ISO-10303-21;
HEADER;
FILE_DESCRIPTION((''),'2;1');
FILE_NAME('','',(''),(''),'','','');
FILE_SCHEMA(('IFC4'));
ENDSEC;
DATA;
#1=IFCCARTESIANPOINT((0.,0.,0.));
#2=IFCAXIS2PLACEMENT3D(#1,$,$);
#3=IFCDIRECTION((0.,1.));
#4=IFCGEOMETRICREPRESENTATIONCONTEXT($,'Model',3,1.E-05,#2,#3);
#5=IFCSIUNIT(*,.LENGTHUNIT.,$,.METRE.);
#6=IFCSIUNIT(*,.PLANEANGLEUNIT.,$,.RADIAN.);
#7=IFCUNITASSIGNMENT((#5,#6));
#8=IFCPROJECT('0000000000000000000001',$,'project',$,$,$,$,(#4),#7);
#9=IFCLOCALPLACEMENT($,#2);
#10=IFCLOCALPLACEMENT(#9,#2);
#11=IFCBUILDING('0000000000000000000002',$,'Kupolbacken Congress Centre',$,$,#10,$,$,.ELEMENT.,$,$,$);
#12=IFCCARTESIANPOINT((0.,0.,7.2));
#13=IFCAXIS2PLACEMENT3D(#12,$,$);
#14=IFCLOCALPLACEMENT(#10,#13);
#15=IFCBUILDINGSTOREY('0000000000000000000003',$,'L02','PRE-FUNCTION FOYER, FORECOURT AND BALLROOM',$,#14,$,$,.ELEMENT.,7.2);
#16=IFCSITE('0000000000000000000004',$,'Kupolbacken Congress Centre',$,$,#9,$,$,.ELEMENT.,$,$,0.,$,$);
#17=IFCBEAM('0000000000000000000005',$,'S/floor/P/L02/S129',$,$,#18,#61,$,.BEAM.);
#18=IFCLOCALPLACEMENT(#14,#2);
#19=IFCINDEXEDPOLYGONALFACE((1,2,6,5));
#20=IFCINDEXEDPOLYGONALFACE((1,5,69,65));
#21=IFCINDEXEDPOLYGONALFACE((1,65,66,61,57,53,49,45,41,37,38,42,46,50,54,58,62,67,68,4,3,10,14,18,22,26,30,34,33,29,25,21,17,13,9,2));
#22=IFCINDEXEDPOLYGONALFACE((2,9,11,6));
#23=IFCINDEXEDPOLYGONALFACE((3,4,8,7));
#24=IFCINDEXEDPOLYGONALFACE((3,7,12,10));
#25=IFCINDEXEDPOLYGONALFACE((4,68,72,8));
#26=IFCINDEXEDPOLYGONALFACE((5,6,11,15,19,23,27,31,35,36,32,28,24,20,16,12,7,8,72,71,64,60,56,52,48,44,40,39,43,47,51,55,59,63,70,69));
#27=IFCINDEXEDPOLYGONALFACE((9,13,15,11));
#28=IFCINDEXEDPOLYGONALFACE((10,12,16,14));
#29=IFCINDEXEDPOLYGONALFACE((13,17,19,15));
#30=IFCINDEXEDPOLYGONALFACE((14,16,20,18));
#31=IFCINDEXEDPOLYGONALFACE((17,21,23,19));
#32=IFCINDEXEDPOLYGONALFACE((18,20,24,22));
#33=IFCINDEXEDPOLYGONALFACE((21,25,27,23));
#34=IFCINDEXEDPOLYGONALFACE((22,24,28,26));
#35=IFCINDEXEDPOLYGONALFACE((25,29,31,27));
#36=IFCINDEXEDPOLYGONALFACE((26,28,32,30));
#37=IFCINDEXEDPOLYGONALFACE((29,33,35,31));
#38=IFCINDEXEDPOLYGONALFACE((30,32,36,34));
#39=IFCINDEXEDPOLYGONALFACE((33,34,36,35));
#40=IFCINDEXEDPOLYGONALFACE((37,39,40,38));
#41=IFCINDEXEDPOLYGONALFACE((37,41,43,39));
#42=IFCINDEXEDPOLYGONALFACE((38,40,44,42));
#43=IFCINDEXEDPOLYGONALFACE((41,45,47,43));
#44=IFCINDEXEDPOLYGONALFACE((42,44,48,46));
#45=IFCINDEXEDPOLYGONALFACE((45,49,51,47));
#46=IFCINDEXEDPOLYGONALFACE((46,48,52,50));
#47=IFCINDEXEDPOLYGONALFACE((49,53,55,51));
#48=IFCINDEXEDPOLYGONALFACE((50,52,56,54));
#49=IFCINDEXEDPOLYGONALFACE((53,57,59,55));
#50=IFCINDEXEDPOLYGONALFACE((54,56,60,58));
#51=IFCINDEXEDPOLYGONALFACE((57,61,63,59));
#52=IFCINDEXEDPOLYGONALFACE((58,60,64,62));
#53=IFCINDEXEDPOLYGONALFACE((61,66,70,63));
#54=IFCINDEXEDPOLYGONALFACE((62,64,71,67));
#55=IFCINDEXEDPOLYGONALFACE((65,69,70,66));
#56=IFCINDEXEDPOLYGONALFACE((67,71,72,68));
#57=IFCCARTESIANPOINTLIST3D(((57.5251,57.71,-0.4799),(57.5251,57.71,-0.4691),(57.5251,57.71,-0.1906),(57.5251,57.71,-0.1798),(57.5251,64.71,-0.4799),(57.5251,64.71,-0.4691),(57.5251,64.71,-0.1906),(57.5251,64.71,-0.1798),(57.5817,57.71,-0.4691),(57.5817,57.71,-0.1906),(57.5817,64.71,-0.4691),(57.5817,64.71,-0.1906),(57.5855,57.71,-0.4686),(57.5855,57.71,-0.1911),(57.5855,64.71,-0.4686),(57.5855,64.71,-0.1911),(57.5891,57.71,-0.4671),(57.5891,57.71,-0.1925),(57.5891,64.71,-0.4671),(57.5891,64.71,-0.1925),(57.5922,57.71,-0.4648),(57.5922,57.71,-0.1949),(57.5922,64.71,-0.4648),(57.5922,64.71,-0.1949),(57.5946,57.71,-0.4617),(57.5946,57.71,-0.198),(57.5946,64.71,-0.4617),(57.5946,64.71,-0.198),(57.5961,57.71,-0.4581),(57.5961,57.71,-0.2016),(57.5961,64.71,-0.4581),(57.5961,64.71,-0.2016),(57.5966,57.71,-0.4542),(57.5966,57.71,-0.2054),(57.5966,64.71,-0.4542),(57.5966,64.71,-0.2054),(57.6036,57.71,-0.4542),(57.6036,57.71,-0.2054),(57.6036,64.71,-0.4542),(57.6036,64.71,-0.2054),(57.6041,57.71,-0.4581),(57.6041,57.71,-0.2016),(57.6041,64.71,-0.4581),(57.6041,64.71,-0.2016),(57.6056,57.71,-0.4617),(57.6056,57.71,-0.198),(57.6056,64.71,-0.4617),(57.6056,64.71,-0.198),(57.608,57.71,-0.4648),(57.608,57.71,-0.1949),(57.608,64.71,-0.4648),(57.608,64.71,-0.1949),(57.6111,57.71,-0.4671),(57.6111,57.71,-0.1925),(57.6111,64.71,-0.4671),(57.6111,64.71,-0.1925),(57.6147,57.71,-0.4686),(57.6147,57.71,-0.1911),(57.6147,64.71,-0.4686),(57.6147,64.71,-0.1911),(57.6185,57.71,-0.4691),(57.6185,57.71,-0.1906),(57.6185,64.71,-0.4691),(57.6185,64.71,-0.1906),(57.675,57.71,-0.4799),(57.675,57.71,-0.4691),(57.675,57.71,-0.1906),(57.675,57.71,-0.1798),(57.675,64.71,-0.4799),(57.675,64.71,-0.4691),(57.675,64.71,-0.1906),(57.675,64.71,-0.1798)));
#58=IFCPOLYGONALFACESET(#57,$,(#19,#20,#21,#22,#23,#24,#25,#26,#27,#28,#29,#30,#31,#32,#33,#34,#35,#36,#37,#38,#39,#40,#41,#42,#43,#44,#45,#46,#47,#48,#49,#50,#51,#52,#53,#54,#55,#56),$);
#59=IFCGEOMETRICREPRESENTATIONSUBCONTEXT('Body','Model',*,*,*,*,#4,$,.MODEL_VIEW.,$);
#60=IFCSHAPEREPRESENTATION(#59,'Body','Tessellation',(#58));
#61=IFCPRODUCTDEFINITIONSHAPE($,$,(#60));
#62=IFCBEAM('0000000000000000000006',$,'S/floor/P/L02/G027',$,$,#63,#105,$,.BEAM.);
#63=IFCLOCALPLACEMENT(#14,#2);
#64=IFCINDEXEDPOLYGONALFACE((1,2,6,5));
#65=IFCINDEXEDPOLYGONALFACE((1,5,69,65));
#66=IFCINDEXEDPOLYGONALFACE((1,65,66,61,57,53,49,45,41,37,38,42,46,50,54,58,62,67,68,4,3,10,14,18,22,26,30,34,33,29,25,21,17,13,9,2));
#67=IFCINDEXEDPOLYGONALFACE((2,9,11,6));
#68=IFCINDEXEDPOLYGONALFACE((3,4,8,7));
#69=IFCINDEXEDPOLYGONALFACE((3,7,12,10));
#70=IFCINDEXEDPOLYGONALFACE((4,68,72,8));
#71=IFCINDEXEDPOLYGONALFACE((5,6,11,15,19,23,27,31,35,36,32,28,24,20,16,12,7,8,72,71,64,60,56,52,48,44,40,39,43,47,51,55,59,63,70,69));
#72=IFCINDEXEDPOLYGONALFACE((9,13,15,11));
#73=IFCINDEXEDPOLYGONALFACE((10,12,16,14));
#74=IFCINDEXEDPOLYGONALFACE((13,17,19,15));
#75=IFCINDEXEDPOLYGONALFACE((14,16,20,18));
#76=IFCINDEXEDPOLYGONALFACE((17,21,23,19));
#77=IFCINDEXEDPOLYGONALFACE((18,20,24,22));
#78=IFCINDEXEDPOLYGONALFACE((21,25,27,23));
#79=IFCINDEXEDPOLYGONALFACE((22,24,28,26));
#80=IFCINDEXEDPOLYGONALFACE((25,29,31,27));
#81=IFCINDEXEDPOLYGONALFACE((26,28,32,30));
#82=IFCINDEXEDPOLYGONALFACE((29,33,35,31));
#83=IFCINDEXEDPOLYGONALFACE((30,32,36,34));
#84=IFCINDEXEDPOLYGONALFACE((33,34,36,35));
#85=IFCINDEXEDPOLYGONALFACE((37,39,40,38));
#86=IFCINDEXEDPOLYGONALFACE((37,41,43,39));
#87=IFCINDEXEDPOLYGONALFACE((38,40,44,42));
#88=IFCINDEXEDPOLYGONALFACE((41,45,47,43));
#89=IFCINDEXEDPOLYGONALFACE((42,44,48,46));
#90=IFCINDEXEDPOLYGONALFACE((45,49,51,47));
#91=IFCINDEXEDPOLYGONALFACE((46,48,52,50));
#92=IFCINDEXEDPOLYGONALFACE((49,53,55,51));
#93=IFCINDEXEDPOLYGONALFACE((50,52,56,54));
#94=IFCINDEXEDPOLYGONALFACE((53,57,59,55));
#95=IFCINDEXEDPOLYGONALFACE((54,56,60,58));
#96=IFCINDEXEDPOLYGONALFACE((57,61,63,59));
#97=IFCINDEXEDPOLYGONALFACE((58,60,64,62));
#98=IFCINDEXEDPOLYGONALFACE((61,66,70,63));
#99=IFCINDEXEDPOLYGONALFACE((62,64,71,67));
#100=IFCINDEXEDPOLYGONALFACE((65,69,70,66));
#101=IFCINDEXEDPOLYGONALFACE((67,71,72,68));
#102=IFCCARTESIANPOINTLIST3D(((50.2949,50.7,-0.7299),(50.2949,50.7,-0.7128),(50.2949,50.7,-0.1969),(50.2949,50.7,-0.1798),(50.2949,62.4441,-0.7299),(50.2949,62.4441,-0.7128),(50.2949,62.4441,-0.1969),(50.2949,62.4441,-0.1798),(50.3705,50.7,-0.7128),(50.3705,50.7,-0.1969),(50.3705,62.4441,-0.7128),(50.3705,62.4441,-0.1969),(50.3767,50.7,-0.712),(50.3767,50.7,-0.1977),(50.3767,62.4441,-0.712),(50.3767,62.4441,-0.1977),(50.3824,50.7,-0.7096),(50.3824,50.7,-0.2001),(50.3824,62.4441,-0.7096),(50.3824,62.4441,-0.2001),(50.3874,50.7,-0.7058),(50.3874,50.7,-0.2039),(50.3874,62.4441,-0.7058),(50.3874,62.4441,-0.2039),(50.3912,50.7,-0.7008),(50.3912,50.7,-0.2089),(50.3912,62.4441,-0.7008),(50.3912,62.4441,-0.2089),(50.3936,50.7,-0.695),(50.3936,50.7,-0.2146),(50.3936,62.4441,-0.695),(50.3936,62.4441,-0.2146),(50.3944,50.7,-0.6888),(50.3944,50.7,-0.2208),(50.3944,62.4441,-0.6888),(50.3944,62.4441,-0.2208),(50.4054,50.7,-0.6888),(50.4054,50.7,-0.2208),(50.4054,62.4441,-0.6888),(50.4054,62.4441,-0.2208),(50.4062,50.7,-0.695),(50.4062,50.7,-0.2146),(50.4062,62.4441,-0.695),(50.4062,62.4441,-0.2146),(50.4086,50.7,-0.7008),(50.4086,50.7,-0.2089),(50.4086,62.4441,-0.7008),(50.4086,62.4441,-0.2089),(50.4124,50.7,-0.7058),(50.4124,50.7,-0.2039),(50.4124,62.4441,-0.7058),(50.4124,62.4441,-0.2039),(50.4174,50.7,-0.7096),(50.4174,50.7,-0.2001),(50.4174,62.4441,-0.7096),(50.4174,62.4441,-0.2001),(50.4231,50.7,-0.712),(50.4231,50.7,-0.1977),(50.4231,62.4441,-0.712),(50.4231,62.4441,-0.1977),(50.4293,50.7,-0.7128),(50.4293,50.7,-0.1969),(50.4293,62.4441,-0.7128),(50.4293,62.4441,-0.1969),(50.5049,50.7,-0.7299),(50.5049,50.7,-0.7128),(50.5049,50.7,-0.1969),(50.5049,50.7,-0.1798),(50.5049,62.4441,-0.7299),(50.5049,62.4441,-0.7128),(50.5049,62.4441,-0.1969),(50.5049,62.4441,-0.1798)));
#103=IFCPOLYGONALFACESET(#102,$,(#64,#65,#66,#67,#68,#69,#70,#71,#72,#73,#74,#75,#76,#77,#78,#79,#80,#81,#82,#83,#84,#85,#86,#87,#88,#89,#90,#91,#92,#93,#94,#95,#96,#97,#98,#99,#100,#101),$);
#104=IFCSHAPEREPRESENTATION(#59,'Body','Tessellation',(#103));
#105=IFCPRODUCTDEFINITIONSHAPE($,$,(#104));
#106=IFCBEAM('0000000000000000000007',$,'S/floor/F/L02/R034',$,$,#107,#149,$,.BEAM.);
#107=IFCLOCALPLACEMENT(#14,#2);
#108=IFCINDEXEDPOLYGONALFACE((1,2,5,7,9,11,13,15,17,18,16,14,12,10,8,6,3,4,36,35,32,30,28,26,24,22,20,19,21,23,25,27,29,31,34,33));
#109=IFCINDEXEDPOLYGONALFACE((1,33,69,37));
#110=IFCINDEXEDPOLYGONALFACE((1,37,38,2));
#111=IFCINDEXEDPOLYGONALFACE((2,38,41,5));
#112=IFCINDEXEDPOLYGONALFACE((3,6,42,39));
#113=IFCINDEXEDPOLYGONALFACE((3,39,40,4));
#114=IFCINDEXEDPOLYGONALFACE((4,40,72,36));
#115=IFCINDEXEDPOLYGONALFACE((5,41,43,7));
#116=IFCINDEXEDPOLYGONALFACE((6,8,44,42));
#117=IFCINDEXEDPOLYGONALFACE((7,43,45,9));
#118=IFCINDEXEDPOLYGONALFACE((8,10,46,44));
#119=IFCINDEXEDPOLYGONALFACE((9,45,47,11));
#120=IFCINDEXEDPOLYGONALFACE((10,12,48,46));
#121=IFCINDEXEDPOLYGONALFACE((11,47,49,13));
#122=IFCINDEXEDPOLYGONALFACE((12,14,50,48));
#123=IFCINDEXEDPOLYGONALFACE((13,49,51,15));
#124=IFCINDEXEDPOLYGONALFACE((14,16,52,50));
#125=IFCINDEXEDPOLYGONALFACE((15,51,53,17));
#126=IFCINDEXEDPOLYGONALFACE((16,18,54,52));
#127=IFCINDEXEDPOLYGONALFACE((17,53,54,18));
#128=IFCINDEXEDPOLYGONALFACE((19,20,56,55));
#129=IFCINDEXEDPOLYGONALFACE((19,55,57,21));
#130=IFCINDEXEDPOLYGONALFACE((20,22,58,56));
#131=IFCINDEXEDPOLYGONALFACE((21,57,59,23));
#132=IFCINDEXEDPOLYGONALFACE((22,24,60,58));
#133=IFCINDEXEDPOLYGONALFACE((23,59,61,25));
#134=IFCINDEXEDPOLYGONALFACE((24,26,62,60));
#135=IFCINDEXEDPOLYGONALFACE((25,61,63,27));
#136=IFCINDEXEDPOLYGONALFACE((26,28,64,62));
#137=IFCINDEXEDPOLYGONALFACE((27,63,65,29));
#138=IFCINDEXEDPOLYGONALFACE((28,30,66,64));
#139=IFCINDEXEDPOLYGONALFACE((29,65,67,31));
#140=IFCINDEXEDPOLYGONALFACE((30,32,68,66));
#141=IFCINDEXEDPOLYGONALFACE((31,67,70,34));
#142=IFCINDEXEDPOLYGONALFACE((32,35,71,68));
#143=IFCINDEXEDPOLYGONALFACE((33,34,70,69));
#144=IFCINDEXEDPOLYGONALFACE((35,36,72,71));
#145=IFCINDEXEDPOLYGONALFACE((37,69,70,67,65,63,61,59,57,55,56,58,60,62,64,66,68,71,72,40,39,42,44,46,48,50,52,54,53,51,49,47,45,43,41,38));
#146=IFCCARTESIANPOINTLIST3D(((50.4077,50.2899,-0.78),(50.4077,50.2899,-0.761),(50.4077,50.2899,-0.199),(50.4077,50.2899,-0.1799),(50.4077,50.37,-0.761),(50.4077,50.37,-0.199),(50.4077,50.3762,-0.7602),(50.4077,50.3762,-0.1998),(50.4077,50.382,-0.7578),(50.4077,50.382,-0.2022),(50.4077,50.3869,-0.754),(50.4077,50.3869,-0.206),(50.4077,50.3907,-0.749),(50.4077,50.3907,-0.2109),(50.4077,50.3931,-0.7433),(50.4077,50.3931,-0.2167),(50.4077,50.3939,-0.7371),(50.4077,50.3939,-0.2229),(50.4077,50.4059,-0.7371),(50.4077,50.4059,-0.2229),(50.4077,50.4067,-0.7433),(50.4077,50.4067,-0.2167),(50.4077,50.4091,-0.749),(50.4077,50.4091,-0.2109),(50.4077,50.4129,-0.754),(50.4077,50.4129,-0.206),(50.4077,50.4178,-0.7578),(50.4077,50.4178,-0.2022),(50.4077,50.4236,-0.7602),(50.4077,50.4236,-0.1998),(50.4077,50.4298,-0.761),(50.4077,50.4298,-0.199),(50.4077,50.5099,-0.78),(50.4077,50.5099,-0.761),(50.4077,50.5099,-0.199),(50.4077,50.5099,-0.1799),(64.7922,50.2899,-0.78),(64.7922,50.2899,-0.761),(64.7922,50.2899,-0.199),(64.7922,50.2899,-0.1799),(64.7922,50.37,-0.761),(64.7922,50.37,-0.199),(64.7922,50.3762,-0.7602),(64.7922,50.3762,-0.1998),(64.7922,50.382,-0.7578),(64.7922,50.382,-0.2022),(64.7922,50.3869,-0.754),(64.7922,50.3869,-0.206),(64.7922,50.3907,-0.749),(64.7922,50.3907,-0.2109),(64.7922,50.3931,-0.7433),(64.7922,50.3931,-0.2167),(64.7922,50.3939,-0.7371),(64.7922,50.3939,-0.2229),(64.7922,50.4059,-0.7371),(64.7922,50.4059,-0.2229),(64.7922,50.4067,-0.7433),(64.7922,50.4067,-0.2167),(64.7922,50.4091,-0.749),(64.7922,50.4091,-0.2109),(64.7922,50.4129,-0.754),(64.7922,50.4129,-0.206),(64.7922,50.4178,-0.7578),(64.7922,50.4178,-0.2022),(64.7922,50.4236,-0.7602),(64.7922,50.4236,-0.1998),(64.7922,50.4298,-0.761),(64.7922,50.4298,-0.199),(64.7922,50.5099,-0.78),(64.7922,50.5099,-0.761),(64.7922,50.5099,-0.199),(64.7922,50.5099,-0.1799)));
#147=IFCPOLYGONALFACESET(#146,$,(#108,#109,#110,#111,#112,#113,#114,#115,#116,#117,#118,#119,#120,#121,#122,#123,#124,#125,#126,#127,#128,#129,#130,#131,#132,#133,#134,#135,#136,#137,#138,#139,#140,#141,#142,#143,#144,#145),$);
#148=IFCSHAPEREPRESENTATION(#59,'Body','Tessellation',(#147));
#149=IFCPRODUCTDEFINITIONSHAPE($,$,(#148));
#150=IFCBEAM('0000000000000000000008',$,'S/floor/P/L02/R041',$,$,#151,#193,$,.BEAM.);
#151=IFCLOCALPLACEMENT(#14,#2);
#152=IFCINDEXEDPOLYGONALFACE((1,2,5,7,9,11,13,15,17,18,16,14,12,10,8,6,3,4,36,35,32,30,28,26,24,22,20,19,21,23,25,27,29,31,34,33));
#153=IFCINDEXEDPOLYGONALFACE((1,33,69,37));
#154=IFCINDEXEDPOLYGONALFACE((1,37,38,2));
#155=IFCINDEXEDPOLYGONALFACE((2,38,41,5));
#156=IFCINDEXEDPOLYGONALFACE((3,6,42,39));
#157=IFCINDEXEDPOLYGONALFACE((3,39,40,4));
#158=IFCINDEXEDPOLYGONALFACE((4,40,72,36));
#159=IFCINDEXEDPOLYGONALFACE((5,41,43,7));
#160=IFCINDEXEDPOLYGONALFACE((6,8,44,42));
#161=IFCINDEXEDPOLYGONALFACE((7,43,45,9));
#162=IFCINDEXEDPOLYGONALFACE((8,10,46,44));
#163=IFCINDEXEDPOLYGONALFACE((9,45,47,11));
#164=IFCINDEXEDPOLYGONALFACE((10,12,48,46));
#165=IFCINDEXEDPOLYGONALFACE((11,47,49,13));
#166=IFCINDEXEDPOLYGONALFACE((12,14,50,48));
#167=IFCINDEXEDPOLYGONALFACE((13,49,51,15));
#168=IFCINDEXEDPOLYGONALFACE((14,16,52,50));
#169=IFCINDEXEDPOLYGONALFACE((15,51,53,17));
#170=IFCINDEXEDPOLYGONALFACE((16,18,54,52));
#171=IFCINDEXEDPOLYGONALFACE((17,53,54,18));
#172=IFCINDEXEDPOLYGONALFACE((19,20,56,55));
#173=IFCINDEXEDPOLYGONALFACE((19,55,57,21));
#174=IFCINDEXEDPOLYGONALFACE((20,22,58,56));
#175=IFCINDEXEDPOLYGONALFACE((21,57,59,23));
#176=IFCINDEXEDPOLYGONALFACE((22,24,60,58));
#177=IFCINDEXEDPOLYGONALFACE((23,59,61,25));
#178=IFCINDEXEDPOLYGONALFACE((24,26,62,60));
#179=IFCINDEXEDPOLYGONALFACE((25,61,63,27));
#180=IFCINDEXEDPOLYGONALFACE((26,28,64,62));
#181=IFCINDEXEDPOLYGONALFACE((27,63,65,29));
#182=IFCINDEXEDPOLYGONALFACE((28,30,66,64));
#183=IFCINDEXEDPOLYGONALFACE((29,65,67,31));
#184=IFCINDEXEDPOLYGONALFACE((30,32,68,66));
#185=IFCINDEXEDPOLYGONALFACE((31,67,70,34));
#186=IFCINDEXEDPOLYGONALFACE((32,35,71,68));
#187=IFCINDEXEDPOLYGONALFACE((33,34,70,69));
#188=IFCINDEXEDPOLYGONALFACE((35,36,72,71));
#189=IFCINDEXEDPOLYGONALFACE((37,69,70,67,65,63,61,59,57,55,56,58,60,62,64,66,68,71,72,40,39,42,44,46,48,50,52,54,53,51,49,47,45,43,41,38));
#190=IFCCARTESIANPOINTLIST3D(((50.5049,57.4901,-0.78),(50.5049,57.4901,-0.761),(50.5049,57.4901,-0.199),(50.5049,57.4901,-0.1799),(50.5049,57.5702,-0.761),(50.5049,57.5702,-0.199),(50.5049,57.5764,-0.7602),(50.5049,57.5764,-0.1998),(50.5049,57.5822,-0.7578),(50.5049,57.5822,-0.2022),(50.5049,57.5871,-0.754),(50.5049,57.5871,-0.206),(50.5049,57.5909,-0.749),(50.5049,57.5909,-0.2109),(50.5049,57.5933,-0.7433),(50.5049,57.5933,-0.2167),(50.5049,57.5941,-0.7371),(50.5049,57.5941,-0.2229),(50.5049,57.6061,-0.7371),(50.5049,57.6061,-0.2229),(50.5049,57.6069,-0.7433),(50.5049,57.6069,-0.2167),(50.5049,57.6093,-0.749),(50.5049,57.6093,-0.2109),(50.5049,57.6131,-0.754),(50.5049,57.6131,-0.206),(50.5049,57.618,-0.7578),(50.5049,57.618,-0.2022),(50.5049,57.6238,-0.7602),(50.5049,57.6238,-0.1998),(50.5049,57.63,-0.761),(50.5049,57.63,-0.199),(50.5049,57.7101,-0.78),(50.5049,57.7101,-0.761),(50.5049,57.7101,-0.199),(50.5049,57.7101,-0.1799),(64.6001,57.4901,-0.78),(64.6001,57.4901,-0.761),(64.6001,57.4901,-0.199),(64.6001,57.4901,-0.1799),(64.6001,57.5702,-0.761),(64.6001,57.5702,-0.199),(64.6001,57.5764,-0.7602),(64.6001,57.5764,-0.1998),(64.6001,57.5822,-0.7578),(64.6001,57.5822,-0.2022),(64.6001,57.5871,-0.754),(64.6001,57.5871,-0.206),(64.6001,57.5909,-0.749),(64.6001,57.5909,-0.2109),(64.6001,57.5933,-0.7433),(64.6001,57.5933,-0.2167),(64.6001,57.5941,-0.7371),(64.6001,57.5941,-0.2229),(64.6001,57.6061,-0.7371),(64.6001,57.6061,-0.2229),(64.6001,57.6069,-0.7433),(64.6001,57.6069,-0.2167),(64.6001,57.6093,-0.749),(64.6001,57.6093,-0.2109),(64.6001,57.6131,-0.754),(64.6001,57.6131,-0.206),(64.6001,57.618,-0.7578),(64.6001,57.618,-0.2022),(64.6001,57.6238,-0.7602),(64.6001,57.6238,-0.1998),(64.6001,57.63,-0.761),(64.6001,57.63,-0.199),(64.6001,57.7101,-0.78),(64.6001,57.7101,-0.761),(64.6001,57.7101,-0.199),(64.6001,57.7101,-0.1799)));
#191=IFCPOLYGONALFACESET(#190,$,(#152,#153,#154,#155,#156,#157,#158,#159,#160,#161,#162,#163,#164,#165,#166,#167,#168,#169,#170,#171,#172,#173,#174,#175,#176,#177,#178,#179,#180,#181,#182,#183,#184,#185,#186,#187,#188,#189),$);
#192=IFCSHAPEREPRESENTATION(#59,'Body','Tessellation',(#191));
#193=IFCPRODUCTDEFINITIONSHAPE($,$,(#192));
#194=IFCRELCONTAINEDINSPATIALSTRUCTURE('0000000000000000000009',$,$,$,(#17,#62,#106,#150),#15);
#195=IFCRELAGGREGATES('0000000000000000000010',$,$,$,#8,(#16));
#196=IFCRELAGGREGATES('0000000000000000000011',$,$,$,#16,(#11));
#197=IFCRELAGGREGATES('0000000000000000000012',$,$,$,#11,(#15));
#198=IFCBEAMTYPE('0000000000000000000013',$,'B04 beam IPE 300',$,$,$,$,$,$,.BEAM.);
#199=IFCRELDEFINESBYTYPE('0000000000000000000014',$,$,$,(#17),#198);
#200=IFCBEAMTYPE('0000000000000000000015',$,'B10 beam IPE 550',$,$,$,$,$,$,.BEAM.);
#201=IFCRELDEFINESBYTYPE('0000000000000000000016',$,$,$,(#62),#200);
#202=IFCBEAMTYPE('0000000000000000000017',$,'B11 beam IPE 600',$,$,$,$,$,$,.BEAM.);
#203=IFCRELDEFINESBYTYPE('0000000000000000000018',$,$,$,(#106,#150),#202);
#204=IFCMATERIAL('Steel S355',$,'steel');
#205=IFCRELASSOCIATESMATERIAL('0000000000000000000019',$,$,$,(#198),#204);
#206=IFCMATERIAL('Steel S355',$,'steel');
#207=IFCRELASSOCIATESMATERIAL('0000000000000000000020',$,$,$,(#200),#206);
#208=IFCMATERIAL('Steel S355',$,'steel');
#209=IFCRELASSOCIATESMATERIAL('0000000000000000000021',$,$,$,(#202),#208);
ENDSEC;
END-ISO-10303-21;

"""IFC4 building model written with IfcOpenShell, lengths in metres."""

from ifc_helpers import new_model, si_unit, direction, frame, origin, origin_2d, place, context, subcontext, project, spatial, i_section, extrude, material, material_profile, profile_set, type_object, element, save


model = new_model("IFC4")

# Units and contexts
model_context = context("Model", 3, precision=1e-05, world=origin(), true_north=direction((0.0, 1.0)))
body_context = subcontext(model_context, "Body", "Model", "MODEL_VIEW")
ifc_project = project(units=[si_unit("LENGTHUNIT", "METRE"), si_unit("PLANEANGLEUNIT", "RADIAN")], contexts=[model_context])

# Site, building, storey
site_placement = place(None, origin())
site = spatial("IfcSite", under=ifc_project, at=site_placement, Name="Kupolbacken Congress Centre", CompositionType="ELEMENT", RefElevation=0.0)
building_placement = place(site_placement, origin())
building = spatial("IfcBuilding", under=site, at=building_placement, Name="Kupolbacken Congress Centre", CompositionType="ELEMENT")
storey_placement = place(building_placement, frame((0.0, 0.0, 7.2)))
storey = spatial("IfcBuildingStorey", under=building, at=storey_placement, Name="L02", Description="PRE-FUNCTION FOYER, FORECOURT AND BALLROOM", CompositionType="ELEMENT", Elevation=7.2)

# Beams
ifc_material_1 = material(Name="Steel S355", Category="steel")
ifc_material_profile_1 = material_profile(ifc_material_1, i_section(OverallWidth=0.1499, OverallDepth=0.3, WebThickness=0.0071, FlangeThickness=0.0107, FilletRadius=0.0149, at=origin_2d()), Name="IPE 300")
ifc_profile_set_1 = profile_set([ifc_material_profile_1], Name="Steel S355")
beam_type_1 = type_object("IfcBeamType", Name="B04 beam IPE 300", PredefinedType="BEAM", material=ifc_profile_set_1)
beam_1_placement = place(storey_placement, frame((57.6001, 57.71, -0.3298), z_axis=(0.0, 1.0, 0.0), x_axis=(-1.0, 0.0, 0.0)))
element("IfcBeam", 1, at=beam_1_placement, inside=storey, type_object=beam_type_1, Name="S/floor/P/L02/S129", PredefinedType="BEAM", context=body_context, shape_type="SweptSolid", body=[
    extrude(i_section(OverallWidth=0.1499, OverallDepth=0.3, WebThickness=0.0071, FlangeThickness=0.0107, FilletRadius=0.0149, at=origin_2d()), origin(), (0.0, 0.0, 1.0), 7.0),
])
ifc_material_2 = material(Name="Steel S355", Category="steel")
ifc_material_profile_2 = material_profile(ifc_material_2, i_section(OverallWidth=0.21, OverallDepth=0.55, WebThickness=0.011, FlangeThickness=0.0171, FilletRadius=0.0239, at=origin_2d()), Name="IPE 550")
ifc_profile_set_2 = profile_set([ifc_material_profile_2], Name="Steel S355")
beam_type_2 = type_object("IfcBeamType", Name="B10 beam IPE 550", PredefinedType="BEAM", material=ifc_profile_set_2)
beam_2_placement = place(storey_placement, frame((50.3999, 50.7, -0.4548), z_axis=(0.0, 1.0, 0.0), x_axis=(-1.0, 0.0, 0.0)))
element("IfcBeam", 2, at=beam_2_placement, inside=storey, type_object=beam_type_2, Name="S/floor/P/L02/G027", PredefinedType="BEAM", context=body_context, shape_type="SweptSolid", body=[
    extrude(i_section(OverallWidth=0.21, OverallDepth=0.55, WebThickness=0.011, FlangeThickness=0.0171, FilletRadius=0.0239, at=origin_2d()), origin(), (0.0, 0.0, 1.0), 11.7441),
])
ifc_material_3 = material(Name="Steel S355", Category="steel")
ifc_material_profile_3 = material_profile(ifc_material_3, i_section(OverallWidth=0.22, OverallDepth=0.6001, WebThickness=0.012, FlangeThickness=0.019, FilletRadius=0.0239, at=origin_2d()), Name="IPE 600")
ifc_profile_set_3 = profile_set([ifc_material_profile_3], Name="Steel S355")
beam_type_3 = type_object("IfcBeamType", Name="B11 beam IPE 600", PredefinedType="BEAM", material=ifc_profile_set_3)
beam_3_placement = place(storey_placement, frame((50.4077, 50.3999, -0.48), z_axis=(1.0, 0.0, 0.0), x_axis=(0.0, 1.0, 0.0)))
element("IfcBeam", 3, at=beam_3_placement, inside=storey, type_object=beam_type_3, Name="S/floor/F/L02/R034", PredefinedType="BEAM", context=body_context, shape_type="SweptSolid", body=[
    extrude(i_section(OverallWidth=0.22, OverallDepth=0.6001, WebThickness=0.012, FlangeThickness=0.019, FilletRadius=0.0239, at=origin_2d()), origin(), (0.0, 0.0, 1.0), 14.3845),
])
beam_4_placement = place(storey_placement, frame((50.5049, 57.6001, -0.48), z_axis=(1.0, 0.0, 0.0), x_axis=(0.0, 1.0, 0.0)))
element("IfcBeam", 4, at=beam_4_placement, inside=storey, type_object=beam_type_3, Name="S/floor/P/L02/R041", PredefinedType="BEAM", context=body_context, shape_type="SweptSolid", body=[
    extrude(i_section(OverallWidth=0.22, OverallDepth=0.6001, WebThickness=0.012, FlangeThickness=0.019, FilletRadius=0.0239, at=origin_2d()), origin(), (0.0, 0.0, 1.0), 14.0952),
])

save(model, "model.ifc")
